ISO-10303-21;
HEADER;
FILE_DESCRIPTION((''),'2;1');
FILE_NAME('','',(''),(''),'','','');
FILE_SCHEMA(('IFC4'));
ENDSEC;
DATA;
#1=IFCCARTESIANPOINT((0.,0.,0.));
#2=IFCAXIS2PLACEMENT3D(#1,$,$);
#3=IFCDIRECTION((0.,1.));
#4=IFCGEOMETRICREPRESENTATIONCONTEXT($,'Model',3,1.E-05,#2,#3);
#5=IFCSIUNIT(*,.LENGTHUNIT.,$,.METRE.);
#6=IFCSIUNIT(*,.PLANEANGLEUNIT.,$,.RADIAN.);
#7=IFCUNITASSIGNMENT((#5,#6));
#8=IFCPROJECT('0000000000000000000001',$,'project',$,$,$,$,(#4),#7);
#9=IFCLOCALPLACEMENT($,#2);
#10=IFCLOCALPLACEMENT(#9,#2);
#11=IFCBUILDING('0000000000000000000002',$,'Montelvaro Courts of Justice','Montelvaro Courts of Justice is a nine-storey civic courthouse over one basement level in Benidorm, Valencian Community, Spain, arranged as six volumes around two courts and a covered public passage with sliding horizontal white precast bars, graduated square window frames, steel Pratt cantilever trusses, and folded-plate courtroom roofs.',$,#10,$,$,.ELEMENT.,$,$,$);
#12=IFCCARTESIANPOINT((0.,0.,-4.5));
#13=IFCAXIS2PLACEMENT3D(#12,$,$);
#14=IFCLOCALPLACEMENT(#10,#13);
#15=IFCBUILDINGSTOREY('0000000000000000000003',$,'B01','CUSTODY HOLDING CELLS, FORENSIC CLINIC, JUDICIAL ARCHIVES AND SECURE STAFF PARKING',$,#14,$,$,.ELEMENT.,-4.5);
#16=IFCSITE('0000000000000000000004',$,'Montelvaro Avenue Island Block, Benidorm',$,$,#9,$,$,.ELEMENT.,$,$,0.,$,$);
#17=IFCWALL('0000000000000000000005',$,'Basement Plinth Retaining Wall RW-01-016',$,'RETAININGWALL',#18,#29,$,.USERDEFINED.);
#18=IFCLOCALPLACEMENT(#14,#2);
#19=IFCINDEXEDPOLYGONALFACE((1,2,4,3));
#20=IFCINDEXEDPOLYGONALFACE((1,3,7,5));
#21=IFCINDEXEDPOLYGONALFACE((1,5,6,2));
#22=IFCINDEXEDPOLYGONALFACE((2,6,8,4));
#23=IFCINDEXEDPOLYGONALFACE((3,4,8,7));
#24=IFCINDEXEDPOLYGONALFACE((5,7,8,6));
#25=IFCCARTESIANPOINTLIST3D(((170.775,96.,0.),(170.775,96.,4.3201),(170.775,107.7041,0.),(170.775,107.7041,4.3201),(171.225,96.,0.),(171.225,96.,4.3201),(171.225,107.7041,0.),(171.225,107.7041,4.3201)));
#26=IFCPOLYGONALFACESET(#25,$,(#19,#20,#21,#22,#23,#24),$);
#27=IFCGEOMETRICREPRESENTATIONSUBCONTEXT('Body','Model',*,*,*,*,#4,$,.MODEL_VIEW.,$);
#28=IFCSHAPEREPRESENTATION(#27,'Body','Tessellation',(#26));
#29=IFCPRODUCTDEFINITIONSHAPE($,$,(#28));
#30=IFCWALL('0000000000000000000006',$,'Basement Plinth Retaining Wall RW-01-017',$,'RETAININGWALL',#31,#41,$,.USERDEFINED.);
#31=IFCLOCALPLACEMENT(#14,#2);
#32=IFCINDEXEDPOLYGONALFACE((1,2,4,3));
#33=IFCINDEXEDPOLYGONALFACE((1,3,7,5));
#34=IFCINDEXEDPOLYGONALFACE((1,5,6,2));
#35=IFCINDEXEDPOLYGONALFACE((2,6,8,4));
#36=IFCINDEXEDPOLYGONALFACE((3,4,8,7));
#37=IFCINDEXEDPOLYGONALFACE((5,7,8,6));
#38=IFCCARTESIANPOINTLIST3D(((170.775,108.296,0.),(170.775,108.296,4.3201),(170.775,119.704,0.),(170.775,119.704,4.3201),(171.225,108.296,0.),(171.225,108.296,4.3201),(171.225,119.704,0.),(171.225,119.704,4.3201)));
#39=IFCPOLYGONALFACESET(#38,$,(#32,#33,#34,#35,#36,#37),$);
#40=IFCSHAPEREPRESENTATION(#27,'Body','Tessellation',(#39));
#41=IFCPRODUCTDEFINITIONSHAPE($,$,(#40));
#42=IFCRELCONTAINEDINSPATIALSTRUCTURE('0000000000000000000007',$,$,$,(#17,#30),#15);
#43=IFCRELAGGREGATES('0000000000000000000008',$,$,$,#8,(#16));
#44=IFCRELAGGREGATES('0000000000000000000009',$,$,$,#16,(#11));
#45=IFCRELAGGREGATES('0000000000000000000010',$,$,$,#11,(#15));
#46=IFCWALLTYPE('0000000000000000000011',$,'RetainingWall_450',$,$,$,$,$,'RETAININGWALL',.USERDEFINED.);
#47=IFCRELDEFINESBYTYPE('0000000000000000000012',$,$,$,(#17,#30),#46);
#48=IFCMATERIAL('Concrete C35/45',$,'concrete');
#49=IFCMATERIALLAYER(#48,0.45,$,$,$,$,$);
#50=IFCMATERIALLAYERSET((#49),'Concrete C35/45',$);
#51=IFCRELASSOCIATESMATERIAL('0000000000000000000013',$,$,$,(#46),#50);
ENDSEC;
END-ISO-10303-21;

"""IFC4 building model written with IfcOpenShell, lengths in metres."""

from ifc_helpers import new_model, si_unit, direction, frame, frame_2d, origin, place, context, subcontext, project, spatial, rectangle, extrude, material, layer, layer_set, type_object, element, save


model = new_model("IFC4")

# Units and contexts
model_context = context("Model", 3, precision=1e-05, world=origin(), true_north=direction((0.0, 1.0)))
body_context = subcontext(model_context, "Body", "Model", "MODEL_VIEW")
ifc_project = project(units=[si_unit("LENGTHUNIT", "METRE"), si_unit("PLANEANGLEUNIT", "RADIAN")], contexts=[model_context])

# Site, building, storey
site_placement = place(None, origin())
site = spatial("IfcSite", under=ifc_project, at=site_placement, Name="Montelvaro Avenue Island Block, Benidorm", CompositionType="ELEMENT", RefElevation=0.0)
building_placement = place(site_placement, origin())
building = spatial("IfcBuilding", under=site, at=building_placement, Name="Montelvaro Courts of Justice", Description="Montelvaro Courts of Justice is a nine-storey civic courthouse over one basement level in Benidorm, Valencian Community, Spain, arranged as six volumes around two courts and a covered public passage with sliding horizontal white precast bars, graduated square window frames, steel Pratt cantilever trusses, and folded-plate courtroom roofs.", CompositionType="ELEMENT")
storey_placement = place(building_placement, frame((0.0, 0.0, -4.5)))
storey = spatial("IfcBuildingStorey", under=building, at=storey_placement, Name="B01", Description="CUSTODY HOLDING CELLS, FORENSIC CLINIC, JUDICIAL ARCHIVES AND SECURE STAFF PARKING", CompositionType="ELEMENT", Elevation=-4.5)

# Shared definitions
ifc_material_1 = material(Name="Concrete C35/45", Category="concrete")

# Walls
ifc_layer = layer(ifc_material_1, 0.45)
ifc_layer_set = layer_set([ifc_layer], Name="Concrete C35/45")
wall_type = type_object("IfcWallType", Name="RetainingWall_450", ElementType="RETAININGWALL", PredefinedType="USERDEFINED", material=ifc_layer_set)
wall_1_placement = place(storey_placement, frame((171.0, 96.0, 0.0), z_axis=(0.0, 0.0, 1.0), x_axis=(0.0, 1.0, 0.0)))
element("IfcWall", 1, at=wall_1_placement, inside=storey, type_object=wall_type, Name="Basement Plinth Retaining Wall RW-01-016", ObjectType="RETAININGWALL", PredefinedType="USERDEFINED", context=body_context, shape_type="SweptSolid", body=[
    extrude(rectangle(XDim=11.7041, YDim=0.45, at=frame_2d((5.8521, 0.0))), origin(), (0.0, 0.0, 1.0), 4.3201),
])
wall_2_placement = place(storey_placement, frame((171.0, 108.2959, 0.0), z_axis=(0.0, 0.0, 1.0), x_axis=(0.0, 1.0, 0.0)))
element("IfcWall", 2, at=wall_2_placement, inside=storey, type_object=wall_type, Name="Basement Plinth Retaining Wall RW-01-017", ObjectType="RETAININGWALL", PredefinedType="USERDEFINED", context=body_context, shape_type="SweptSolid", body=[
    extrude(rectangle(XDim=11.408, YDim=0.45, at=frame_2d((5.7041, 0.0))), origin(), (0.0, 0.0, 1.0), 4.3201),
])

save(model, "model.ifc")
